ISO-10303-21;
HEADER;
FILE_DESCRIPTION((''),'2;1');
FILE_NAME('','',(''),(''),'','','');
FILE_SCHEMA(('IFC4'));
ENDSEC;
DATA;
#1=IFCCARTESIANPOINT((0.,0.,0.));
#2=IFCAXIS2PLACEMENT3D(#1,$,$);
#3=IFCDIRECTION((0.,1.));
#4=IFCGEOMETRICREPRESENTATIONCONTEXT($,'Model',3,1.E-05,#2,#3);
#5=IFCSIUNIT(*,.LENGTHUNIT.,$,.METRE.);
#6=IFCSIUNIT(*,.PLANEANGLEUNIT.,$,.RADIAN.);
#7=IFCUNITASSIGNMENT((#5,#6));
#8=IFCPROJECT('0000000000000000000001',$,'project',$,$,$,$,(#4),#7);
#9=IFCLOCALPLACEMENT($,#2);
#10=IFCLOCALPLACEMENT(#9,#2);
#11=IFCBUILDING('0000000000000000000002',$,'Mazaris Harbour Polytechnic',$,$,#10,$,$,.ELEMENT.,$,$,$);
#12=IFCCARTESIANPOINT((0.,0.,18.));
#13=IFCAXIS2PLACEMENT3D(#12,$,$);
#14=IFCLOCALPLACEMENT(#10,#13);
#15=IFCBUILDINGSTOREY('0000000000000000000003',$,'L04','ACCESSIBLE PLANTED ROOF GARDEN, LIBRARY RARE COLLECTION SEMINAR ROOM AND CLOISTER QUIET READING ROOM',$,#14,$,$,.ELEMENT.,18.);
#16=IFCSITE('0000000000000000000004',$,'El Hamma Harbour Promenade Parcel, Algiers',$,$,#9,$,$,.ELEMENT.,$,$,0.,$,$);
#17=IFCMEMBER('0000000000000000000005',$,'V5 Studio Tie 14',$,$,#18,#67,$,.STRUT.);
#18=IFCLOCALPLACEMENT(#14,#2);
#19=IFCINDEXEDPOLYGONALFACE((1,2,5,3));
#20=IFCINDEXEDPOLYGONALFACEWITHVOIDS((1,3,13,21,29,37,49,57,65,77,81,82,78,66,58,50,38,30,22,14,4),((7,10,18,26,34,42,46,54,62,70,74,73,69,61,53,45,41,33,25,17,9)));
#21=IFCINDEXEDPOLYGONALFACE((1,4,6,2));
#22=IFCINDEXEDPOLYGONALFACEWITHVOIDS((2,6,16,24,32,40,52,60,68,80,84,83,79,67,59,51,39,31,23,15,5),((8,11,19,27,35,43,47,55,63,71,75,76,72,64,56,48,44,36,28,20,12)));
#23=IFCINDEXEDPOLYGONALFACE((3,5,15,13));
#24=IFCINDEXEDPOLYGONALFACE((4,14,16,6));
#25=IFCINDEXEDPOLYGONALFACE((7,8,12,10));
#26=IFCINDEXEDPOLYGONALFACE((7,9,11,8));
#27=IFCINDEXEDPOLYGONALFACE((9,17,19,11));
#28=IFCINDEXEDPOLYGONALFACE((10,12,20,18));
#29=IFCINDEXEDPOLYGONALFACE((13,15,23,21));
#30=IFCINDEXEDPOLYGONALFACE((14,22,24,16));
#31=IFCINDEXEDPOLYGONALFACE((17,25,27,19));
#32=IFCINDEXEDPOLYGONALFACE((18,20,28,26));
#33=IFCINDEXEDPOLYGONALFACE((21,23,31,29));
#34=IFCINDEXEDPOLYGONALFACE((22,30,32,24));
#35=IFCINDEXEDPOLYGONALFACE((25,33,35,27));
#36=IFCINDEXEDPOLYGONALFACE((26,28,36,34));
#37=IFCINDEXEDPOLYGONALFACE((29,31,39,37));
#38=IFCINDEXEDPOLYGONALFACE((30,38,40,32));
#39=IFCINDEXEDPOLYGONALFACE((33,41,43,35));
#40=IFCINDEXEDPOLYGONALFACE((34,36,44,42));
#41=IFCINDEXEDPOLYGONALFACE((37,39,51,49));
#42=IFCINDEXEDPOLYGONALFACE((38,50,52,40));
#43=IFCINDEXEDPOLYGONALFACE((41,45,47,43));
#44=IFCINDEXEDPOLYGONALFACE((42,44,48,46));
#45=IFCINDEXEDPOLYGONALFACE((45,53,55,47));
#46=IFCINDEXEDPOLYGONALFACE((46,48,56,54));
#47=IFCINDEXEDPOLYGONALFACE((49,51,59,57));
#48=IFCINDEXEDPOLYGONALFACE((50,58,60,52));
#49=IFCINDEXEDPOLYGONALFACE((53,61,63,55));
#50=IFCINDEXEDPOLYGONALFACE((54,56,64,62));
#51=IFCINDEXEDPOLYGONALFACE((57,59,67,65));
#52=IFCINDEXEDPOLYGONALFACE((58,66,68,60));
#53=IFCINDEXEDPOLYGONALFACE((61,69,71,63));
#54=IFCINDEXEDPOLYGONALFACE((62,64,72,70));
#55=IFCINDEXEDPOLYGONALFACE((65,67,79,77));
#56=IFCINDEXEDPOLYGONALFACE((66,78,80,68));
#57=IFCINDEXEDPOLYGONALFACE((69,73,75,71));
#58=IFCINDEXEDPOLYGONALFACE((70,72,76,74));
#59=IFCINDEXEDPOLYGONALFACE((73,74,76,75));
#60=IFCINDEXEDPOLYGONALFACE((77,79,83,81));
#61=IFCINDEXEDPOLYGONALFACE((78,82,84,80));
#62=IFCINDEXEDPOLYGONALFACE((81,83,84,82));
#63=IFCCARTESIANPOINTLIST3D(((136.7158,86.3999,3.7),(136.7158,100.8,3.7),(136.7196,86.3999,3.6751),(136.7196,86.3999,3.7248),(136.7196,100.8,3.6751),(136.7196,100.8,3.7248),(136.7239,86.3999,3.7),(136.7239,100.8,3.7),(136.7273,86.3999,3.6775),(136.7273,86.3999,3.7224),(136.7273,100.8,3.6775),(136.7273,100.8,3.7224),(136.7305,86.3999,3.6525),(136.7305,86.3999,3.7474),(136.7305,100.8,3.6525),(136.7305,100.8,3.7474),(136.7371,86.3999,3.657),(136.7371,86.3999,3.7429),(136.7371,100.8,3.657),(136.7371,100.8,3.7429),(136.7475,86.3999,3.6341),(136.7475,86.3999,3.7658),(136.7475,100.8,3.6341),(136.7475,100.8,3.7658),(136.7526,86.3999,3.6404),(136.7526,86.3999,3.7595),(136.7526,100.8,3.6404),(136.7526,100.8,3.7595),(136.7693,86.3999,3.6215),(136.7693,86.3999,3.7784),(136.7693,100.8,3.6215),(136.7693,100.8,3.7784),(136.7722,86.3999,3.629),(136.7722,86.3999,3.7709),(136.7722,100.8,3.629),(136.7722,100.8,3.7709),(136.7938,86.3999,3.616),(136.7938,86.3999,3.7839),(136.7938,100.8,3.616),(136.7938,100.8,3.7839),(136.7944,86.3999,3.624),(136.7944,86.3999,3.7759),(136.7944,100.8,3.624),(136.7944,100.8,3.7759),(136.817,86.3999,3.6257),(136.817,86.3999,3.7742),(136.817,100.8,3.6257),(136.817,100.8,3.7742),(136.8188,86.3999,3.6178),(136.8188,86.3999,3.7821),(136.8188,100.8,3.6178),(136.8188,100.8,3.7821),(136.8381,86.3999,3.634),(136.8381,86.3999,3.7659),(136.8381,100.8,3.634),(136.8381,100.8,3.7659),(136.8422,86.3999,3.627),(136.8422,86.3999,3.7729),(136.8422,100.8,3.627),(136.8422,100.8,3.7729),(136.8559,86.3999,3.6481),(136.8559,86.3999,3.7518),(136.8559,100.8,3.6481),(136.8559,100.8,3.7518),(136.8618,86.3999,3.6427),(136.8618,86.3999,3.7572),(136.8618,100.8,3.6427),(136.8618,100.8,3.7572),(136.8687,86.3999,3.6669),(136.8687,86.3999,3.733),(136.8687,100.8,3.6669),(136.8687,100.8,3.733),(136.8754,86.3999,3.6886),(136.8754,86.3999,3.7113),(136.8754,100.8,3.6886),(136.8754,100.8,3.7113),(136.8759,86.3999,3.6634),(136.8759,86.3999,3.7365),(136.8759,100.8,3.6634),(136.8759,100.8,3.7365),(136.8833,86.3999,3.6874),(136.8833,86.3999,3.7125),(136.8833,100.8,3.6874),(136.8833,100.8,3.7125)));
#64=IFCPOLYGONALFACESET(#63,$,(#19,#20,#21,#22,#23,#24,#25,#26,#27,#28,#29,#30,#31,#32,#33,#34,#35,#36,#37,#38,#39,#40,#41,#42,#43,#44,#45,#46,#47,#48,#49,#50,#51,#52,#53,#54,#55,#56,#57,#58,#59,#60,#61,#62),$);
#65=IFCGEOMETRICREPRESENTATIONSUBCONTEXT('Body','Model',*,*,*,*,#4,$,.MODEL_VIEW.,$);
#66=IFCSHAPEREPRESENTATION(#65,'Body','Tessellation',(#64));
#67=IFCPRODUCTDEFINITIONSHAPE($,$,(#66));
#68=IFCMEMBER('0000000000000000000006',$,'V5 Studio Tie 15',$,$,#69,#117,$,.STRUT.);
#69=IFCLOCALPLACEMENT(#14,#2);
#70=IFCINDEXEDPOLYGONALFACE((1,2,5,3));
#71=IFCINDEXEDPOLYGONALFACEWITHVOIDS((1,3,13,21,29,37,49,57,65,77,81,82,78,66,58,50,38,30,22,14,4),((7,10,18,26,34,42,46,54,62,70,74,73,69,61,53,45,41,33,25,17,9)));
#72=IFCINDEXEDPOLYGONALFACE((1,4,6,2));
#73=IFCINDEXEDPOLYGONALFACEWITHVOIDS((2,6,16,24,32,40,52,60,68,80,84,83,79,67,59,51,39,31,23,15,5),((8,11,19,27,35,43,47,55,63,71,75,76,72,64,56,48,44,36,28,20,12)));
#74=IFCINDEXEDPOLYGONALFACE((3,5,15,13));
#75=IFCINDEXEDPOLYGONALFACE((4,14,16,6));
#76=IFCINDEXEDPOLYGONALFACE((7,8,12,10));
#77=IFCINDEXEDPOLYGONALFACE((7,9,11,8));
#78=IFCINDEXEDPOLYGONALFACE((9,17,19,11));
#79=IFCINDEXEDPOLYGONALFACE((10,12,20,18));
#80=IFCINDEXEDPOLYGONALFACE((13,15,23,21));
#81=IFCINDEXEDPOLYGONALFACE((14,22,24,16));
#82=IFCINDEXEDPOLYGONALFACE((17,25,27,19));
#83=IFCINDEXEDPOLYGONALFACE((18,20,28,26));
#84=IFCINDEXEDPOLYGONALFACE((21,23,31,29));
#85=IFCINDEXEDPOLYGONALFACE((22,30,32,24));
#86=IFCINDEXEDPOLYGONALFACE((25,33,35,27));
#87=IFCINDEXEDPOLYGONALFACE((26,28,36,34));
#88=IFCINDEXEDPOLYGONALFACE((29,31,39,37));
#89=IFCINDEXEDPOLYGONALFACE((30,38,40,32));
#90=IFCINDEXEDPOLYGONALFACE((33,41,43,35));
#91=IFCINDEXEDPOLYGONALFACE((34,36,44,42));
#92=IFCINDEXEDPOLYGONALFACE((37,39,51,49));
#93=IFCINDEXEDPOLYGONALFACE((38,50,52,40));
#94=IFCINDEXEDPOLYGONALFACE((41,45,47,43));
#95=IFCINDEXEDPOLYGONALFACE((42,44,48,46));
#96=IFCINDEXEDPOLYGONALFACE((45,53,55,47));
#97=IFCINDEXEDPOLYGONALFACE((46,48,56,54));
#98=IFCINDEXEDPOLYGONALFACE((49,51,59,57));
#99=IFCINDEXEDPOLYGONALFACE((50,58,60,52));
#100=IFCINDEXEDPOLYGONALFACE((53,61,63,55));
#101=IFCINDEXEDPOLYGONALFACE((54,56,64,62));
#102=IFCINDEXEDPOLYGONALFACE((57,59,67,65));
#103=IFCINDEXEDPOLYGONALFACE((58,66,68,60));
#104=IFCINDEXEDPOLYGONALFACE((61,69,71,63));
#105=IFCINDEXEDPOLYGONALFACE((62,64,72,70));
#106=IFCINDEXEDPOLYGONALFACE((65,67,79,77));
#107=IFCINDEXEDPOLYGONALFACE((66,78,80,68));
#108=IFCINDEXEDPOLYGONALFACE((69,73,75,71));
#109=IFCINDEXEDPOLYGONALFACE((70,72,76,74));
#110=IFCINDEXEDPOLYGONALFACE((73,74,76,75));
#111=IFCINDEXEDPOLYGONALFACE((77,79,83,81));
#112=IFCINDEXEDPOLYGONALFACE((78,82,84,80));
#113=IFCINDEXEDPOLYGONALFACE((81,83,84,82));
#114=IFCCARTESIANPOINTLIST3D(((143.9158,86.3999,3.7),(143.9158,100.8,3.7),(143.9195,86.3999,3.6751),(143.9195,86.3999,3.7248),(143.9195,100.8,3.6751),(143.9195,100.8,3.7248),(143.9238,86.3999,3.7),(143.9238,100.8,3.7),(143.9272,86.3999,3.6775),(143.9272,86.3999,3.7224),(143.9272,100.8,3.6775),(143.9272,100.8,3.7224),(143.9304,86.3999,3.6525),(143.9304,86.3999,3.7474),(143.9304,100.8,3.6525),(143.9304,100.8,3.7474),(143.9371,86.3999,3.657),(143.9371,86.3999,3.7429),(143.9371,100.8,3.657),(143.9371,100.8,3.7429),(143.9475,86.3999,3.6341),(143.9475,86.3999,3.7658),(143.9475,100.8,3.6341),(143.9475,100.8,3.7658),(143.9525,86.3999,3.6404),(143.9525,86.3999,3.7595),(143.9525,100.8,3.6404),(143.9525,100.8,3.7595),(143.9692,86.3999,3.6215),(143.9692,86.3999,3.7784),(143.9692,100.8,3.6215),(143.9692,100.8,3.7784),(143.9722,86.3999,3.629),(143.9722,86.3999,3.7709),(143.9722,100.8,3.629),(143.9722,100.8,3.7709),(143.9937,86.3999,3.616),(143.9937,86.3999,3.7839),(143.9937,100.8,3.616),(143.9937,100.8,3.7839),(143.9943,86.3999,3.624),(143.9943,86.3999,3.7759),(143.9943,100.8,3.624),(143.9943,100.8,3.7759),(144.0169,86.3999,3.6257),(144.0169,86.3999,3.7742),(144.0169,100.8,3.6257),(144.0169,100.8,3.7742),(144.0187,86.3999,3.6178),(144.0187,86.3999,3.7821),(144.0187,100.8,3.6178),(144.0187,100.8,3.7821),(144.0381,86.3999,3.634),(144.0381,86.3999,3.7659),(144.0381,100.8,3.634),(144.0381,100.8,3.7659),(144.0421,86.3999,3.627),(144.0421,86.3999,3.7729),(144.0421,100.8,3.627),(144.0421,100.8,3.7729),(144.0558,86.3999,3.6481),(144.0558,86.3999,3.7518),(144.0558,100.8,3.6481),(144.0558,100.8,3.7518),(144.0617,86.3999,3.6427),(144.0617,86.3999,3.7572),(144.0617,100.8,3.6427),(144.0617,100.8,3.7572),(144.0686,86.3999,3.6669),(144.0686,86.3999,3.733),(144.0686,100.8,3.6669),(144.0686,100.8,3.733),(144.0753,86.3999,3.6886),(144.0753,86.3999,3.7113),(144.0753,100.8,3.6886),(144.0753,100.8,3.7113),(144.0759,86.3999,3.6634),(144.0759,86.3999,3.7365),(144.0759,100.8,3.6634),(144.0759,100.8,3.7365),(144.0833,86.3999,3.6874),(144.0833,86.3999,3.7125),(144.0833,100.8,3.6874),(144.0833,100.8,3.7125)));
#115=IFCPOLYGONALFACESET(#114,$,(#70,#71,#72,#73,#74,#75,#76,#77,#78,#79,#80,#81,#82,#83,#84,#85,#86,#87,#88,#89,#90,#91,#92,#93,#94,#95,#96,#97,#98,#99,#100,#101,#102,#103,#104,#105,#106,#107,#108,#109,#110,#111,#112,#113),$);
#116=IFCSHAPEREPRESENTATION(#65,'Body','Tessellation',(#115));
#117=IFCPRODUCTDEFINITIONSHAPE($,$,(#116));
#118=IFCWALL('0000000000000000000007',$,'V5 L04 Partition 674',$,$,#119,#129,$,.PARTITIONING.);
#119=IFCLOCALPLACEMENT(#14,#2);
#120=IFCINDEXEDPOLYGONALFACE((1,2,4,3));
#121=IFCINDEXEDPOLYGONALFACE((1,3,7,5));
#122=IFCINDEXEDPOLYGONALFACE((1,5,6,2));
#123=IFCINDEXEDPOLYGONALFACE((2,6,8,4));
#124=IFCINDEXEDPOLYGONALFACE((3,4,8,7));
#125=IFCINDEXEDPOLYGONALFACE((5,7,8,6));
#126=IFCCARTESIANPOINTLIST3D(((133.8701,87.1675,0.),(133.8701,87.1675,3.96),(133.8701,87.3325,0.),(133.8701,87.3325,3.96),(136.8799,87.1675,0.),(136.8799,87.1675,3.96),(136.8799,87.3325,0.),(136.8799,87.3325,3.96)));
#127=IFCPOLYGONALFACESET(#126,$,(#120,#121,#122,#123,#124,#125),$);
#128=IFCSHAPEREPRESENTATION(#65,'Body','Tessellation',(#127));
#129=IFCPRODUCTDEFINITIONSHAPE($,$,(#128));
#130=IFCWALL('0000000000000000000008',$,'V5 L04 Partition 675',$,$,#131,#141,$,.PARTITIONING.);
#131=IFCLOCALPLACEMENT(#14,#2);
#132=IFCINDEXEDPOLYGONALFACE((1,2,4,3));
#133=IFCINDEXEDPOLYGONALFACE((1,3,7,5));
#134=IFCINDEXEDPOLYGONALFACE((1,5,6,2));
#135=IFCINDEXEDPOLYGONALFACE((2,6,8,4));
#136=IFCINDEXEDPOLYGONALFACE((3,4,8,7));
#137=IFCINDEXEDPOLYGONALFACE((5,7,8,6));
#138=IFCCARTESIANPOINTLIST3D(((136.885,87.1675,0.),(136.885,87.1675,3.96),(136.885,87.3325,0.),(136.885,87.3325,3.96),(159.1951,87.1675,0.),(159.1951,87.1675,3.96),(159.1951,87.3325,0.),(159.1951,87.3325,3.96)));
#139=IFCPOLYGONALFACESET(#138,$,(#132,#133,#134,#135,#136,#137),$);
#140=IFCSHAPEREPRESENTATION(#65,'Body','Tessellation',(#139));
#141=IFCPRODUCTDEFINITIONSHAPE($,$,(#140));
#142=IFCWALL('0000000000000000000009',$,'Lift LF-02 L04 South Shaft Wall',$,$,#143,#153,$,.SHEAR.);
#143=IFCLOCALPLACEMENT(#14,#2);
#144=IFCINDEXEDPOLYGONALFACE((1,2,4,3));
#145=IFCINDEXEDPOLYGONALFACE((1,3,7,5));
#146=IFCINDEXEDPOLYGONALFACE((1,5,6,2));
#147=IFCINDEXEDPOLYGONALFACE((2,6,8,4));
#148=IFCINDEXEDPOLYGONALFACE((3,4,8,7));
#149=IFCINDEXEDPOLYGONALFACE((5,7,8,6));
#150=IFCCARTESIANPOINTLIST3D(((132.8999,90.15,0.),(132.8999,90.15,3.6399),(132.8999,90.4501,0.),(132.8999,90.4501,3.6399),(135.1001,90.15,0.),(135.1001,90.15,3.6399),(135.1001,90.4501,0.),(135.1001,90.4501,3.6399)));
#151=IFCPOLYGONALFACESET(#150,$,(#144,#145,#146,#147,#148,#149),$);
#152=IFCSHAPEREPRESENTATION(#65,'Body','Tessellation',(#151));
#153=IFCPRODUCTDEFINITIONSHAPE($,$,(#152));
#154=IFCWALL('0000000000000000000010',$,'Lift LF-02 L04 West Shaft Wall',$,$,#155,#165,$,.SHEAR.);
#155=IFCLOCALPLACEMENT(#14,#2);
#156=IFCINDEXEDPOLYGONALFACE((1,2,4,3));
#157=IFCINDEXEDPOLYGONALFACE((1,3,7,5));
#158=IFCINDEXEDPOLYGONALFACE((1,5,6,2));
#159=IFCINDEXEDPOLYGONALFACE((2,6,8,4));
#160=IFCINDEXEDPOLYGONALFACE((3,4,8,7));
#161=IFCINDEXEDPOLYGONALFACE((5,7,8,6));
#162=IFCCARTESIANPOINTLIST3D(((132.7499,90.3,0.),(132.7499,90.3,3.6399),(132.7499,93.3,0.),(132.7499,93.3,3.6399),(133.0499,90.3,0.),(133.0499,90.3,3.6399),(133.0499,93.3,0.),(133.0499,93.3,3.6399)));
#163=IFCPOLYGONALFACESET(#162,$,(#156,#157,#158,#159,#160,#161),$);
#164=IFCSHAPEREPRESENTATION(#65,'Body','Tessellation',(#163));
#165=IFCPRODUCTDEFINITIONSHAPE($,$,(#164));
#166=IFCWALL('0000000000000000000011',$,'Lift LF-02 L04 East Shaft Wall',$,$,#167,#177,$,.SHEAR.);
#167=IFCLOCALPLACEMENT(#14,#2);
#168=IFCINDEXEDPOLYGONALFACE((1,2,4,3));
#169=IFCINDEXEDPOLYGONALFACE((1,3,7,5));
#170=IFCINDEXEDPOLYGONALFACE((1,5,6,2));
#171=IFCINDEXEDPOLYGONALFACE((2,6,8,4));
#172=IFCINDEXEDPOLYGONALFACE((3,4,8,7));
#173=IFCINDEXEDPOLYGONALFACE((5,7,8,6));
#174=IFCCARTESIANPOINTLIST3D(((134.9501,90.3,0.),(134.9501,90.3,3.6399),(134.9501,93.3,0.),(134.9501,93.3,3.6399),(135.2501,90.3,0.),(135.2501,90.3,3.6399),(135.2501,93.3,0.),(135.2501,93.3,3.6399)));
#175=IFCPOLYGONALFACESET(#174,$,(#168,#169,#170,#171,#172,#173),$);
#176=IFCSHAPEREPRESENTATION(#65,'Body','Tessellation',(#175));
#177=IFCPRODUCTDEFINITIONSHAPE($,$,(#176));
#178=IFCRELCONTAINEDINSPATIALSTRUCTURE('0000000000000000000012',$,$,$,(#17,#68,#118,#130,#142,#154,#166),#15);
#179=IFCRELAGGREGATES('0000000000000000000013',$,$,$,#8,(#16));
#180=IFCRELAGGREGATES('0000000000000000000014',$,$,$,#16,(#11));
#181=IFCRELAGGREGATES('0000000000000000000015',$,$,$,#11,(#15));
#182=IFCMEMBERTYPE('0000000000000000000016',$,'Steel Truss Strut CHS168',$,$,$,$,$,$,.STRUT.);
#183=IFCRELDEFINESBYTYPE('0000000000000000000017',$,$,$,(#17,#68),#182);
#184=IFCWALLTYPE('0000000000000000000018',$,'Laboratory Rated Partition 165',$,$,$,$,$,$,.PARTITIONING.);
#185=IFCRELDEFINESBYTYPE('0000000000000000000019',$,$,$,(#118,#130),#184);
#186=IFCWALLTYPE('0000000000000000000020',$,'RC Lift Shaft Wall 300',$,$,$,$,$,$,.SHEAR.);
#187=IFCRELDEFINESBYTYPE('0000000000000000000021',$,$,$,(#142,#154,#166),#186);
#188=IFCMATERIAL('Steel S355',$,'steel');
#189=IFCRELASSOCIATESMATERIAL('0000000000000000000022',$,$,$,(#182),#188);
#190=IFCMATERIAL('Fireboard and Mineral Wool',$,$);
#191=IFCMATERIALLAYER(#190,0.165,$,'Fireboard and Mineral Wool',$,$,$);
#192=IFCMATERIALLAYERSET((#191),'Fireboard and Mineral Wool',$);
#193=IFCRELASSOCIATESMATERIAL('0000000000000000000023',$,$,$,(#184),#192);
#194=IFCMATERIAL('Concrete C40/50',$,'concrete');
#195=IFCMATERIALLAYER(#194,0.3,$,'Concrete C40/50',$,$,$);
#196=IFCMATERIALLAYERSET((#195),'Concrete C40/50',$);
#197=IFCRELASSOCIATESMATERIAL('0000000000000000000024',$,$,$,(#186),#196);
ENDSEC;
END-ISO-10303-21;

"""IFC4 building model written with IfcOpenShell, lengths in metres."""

from ifc_helpers import new_model, si_unit, direction, frame, frame_2d, origin, origin_2d, place, context, subcontext, project, spatial, rectangle, hollow_circle, extrude, material, layer, layer_set, material_profile, profile_set, type_object, element, save


model = new_model("IFC4")

# Units and contexts
model_context = context("Model", 3, precision=1e-05, world=origin(), true_north=direction((0.0, 1.0)))
body_context = subcontext(model_context, "Body", "Model", "MODEL_VIEW")
ifc_project = project(units=[si_unit("LENGTHUNIT", "METRE"), si_unit("PLANEANGLEUNIT", "RADIAN")], contexts=[model_context])

# Site, building, storey
site_placement = place(None, origin())
site = spatial("IfcSite", under=ifc_project, at=site_placement, Name="El Hamma Harbour Promenade Parcel, Algiers", CompositionType="ELEMENT", RefElevation=0.0)
building_placement = place(site_placement, origin())
building = spatial("IfcBuilding", under=site, at=building_placement, Name="Mazaris Harbour Polytechnic", CompositionType="ELEMENT")
storey_placement = place(building_placement, frame((0.0, 0.0, 18.0)))
storey = spatial("IfcBuildingStorey", under=building, at=storey_placement, Name="L04", Description="ACCESSIBLE PLANTED ROOF GARDEN, LIBRARY RARE COLLECTION SEMINAR ROOM AND CLOISTER QUIET READING ROOM", CompositionType="ELEMENT", Elevation=18.0)

# Members
ifc_material_1 = material(Name="Steel S355", Category="steel")
ifc_material_profile_1 = material_profile(ifc_material_1, hollow_circle(Radius=0.0842, WallThickness=0.0081, at=origin_2d()), Name="CHS 168.3x8.0")
ifc_profile_set_1 = profile_set([ifc_material_profile_1], Name="Steel S355")
member_type_1 = type_object("IfcMemberType", Name="Steel Truss Strut CHS168", PredefinedType="STRUT", material=ifc_profile_set_1)
for number, where, z_axis, x_axis, name in (
    (1, (136.8, 86.3999, 3.7), (0.0, 1.0, 0.0), (-1.0, 0.0, 0.0), "V5 Studio Tie 14"),
    (2, (144.0, 86.3999, 3.7), (0.0, 1.0, 0.0), (-1.0, 0.0, 0.0), "V5 Studio Tie 15"),
):
    element("IfcMember", number, at=place(storey_placement, frame(where, z_axis=z_axis, x_axis=x_axis)), inside=storey, type_object=member_type_1, Name=name, PredefinedType="STRUT", context=body_context, shape_type="SweptSolid", body=[
        extrude(hollow_circle(Radius=0.0842, WallThickness=0.0081, at=origin_2d()), origin(), (0.0, 0.0, 1.0), 14.4001),
    ])

# Walls
ifc_material_2 = material(Name="Fireboard and Mineral Wool")
ifc_layer_1 = layer(ifc_material_2, 0.165, Name="Fireboard and Mineral Wool")
ifc_layer_set_1 = layer_set([ifc_layer_1], Name="Fireboard and Mineral Wool")
wall_type_1 = type_object("IfcWallType", Name="Laboratory Rated Partition 165", PredefinedType="PARTITIONING", material=ifc_layer_set_1)
wall_1_placement = place(storey_placement, frame((133.8701, 87.25, 0.0), z_axis=(0.0, 0.0, 1.0), x_axis=(1.0, 0.0, 0.0)))
element("IfcWall", 3, at=wall_1_placement, inside=storey, type_object=wall_type_1, Name="V5 L04 Partition 674", PredefinedType="PARTITIONING", context=body_context, shape_type="SweptSolid", body=[
    extrude(rectangle(XDim=3.0098, YDim=0.165, at=frame_2d((1.5049, 0.0))), origin(), (0.0, 0.0, 1.0), 3.96),
])
wall_2_placement = place(storey_placement, frame((136.885, 87.25, 0.0), z_axis=(0.0, 0.0, 1.0), x_axis=(1.0, 0.0, 0.0)))
element("IfcWall", 4, at=wall_2_placement, inside=storey, type_object=wall_type_1, Name="V5 L04 Partition 675", PredefinedType="PARTITIONING", context=body_context, shape_type="SweptSolid", body=[
    extrude(rectangle(XDim=22.3101, YDim=0.165, at=frame_2d((11.155, 0.0))), origin(), (0.0, 0.0, 1.0), 3.96),
])
ifc_material_3 = material(Name="Concrete C40/50", Category="concrete")
ifc_layer_2 = layer(ifc_material_3, 0.3, Name="Concrete C40/50")
ifc_layer_set_2 = layer_set([ifc_layer_2], Name="Concrete C40/50")
wall_type_2 = type_object("IfcWallType", Name="RC Lift Shaft Wall 300", PredefinedType="SHEAR", material=ifc_layer_set_2)
wall_3_placement = place(storey_placement, frame((132.8999, 90.3, 0.0), z_axis=(0.0, 0.0, 1.0), x_axis=(1.0, 0.0, 0.0)))
element("IfcWall", 5, at=wall_3_placement, inside=storey, type_object=wall_type_2, Name="Lift LF-02 L04 South Shaft Wall", PredefinedType="SHEAR", context=body_context, shape_type="SweptSolid", body=[
    extrude(rectangle(XDim=2.2002, YDim=0.3, at=frame_2d((1.1001, 0.0))), origin(), (0.0, 0.0, 1.0), 3.6399),
])
for number, where, z_axis, x_axis, name in (
    (6, (132.8999, 93.3, 0.0), (0.0, 0.0, 1.0), (0.0, -1.0, 0.0), "Lift LF-02 L04 West Shaft Wall"),
    (7, (135.1001, 90.3, 0.0), (0.0, 0.0, 1.0), (0.0, 1.0, 0.0), "Lift LF-02 L04 East Shaft Wall"),
):
    element("IfcWall", number, at=place(storey_placement, frame(where, z_axis=z_axis, x_axis=x_axis)), inside=storey, type_object=wall_type_2, Name=name, PredefinedType="SHEAR", context=body_context, shape_type="SweptSolid", body=[
        extrude(rectangle(XDim=3.0, YDim=0.3, at=frame_2d((1.5, 0.0))), origin(), (0.0, 0.0, 1.0), 3.6399),
    ])

save(model, "model.ifc")
